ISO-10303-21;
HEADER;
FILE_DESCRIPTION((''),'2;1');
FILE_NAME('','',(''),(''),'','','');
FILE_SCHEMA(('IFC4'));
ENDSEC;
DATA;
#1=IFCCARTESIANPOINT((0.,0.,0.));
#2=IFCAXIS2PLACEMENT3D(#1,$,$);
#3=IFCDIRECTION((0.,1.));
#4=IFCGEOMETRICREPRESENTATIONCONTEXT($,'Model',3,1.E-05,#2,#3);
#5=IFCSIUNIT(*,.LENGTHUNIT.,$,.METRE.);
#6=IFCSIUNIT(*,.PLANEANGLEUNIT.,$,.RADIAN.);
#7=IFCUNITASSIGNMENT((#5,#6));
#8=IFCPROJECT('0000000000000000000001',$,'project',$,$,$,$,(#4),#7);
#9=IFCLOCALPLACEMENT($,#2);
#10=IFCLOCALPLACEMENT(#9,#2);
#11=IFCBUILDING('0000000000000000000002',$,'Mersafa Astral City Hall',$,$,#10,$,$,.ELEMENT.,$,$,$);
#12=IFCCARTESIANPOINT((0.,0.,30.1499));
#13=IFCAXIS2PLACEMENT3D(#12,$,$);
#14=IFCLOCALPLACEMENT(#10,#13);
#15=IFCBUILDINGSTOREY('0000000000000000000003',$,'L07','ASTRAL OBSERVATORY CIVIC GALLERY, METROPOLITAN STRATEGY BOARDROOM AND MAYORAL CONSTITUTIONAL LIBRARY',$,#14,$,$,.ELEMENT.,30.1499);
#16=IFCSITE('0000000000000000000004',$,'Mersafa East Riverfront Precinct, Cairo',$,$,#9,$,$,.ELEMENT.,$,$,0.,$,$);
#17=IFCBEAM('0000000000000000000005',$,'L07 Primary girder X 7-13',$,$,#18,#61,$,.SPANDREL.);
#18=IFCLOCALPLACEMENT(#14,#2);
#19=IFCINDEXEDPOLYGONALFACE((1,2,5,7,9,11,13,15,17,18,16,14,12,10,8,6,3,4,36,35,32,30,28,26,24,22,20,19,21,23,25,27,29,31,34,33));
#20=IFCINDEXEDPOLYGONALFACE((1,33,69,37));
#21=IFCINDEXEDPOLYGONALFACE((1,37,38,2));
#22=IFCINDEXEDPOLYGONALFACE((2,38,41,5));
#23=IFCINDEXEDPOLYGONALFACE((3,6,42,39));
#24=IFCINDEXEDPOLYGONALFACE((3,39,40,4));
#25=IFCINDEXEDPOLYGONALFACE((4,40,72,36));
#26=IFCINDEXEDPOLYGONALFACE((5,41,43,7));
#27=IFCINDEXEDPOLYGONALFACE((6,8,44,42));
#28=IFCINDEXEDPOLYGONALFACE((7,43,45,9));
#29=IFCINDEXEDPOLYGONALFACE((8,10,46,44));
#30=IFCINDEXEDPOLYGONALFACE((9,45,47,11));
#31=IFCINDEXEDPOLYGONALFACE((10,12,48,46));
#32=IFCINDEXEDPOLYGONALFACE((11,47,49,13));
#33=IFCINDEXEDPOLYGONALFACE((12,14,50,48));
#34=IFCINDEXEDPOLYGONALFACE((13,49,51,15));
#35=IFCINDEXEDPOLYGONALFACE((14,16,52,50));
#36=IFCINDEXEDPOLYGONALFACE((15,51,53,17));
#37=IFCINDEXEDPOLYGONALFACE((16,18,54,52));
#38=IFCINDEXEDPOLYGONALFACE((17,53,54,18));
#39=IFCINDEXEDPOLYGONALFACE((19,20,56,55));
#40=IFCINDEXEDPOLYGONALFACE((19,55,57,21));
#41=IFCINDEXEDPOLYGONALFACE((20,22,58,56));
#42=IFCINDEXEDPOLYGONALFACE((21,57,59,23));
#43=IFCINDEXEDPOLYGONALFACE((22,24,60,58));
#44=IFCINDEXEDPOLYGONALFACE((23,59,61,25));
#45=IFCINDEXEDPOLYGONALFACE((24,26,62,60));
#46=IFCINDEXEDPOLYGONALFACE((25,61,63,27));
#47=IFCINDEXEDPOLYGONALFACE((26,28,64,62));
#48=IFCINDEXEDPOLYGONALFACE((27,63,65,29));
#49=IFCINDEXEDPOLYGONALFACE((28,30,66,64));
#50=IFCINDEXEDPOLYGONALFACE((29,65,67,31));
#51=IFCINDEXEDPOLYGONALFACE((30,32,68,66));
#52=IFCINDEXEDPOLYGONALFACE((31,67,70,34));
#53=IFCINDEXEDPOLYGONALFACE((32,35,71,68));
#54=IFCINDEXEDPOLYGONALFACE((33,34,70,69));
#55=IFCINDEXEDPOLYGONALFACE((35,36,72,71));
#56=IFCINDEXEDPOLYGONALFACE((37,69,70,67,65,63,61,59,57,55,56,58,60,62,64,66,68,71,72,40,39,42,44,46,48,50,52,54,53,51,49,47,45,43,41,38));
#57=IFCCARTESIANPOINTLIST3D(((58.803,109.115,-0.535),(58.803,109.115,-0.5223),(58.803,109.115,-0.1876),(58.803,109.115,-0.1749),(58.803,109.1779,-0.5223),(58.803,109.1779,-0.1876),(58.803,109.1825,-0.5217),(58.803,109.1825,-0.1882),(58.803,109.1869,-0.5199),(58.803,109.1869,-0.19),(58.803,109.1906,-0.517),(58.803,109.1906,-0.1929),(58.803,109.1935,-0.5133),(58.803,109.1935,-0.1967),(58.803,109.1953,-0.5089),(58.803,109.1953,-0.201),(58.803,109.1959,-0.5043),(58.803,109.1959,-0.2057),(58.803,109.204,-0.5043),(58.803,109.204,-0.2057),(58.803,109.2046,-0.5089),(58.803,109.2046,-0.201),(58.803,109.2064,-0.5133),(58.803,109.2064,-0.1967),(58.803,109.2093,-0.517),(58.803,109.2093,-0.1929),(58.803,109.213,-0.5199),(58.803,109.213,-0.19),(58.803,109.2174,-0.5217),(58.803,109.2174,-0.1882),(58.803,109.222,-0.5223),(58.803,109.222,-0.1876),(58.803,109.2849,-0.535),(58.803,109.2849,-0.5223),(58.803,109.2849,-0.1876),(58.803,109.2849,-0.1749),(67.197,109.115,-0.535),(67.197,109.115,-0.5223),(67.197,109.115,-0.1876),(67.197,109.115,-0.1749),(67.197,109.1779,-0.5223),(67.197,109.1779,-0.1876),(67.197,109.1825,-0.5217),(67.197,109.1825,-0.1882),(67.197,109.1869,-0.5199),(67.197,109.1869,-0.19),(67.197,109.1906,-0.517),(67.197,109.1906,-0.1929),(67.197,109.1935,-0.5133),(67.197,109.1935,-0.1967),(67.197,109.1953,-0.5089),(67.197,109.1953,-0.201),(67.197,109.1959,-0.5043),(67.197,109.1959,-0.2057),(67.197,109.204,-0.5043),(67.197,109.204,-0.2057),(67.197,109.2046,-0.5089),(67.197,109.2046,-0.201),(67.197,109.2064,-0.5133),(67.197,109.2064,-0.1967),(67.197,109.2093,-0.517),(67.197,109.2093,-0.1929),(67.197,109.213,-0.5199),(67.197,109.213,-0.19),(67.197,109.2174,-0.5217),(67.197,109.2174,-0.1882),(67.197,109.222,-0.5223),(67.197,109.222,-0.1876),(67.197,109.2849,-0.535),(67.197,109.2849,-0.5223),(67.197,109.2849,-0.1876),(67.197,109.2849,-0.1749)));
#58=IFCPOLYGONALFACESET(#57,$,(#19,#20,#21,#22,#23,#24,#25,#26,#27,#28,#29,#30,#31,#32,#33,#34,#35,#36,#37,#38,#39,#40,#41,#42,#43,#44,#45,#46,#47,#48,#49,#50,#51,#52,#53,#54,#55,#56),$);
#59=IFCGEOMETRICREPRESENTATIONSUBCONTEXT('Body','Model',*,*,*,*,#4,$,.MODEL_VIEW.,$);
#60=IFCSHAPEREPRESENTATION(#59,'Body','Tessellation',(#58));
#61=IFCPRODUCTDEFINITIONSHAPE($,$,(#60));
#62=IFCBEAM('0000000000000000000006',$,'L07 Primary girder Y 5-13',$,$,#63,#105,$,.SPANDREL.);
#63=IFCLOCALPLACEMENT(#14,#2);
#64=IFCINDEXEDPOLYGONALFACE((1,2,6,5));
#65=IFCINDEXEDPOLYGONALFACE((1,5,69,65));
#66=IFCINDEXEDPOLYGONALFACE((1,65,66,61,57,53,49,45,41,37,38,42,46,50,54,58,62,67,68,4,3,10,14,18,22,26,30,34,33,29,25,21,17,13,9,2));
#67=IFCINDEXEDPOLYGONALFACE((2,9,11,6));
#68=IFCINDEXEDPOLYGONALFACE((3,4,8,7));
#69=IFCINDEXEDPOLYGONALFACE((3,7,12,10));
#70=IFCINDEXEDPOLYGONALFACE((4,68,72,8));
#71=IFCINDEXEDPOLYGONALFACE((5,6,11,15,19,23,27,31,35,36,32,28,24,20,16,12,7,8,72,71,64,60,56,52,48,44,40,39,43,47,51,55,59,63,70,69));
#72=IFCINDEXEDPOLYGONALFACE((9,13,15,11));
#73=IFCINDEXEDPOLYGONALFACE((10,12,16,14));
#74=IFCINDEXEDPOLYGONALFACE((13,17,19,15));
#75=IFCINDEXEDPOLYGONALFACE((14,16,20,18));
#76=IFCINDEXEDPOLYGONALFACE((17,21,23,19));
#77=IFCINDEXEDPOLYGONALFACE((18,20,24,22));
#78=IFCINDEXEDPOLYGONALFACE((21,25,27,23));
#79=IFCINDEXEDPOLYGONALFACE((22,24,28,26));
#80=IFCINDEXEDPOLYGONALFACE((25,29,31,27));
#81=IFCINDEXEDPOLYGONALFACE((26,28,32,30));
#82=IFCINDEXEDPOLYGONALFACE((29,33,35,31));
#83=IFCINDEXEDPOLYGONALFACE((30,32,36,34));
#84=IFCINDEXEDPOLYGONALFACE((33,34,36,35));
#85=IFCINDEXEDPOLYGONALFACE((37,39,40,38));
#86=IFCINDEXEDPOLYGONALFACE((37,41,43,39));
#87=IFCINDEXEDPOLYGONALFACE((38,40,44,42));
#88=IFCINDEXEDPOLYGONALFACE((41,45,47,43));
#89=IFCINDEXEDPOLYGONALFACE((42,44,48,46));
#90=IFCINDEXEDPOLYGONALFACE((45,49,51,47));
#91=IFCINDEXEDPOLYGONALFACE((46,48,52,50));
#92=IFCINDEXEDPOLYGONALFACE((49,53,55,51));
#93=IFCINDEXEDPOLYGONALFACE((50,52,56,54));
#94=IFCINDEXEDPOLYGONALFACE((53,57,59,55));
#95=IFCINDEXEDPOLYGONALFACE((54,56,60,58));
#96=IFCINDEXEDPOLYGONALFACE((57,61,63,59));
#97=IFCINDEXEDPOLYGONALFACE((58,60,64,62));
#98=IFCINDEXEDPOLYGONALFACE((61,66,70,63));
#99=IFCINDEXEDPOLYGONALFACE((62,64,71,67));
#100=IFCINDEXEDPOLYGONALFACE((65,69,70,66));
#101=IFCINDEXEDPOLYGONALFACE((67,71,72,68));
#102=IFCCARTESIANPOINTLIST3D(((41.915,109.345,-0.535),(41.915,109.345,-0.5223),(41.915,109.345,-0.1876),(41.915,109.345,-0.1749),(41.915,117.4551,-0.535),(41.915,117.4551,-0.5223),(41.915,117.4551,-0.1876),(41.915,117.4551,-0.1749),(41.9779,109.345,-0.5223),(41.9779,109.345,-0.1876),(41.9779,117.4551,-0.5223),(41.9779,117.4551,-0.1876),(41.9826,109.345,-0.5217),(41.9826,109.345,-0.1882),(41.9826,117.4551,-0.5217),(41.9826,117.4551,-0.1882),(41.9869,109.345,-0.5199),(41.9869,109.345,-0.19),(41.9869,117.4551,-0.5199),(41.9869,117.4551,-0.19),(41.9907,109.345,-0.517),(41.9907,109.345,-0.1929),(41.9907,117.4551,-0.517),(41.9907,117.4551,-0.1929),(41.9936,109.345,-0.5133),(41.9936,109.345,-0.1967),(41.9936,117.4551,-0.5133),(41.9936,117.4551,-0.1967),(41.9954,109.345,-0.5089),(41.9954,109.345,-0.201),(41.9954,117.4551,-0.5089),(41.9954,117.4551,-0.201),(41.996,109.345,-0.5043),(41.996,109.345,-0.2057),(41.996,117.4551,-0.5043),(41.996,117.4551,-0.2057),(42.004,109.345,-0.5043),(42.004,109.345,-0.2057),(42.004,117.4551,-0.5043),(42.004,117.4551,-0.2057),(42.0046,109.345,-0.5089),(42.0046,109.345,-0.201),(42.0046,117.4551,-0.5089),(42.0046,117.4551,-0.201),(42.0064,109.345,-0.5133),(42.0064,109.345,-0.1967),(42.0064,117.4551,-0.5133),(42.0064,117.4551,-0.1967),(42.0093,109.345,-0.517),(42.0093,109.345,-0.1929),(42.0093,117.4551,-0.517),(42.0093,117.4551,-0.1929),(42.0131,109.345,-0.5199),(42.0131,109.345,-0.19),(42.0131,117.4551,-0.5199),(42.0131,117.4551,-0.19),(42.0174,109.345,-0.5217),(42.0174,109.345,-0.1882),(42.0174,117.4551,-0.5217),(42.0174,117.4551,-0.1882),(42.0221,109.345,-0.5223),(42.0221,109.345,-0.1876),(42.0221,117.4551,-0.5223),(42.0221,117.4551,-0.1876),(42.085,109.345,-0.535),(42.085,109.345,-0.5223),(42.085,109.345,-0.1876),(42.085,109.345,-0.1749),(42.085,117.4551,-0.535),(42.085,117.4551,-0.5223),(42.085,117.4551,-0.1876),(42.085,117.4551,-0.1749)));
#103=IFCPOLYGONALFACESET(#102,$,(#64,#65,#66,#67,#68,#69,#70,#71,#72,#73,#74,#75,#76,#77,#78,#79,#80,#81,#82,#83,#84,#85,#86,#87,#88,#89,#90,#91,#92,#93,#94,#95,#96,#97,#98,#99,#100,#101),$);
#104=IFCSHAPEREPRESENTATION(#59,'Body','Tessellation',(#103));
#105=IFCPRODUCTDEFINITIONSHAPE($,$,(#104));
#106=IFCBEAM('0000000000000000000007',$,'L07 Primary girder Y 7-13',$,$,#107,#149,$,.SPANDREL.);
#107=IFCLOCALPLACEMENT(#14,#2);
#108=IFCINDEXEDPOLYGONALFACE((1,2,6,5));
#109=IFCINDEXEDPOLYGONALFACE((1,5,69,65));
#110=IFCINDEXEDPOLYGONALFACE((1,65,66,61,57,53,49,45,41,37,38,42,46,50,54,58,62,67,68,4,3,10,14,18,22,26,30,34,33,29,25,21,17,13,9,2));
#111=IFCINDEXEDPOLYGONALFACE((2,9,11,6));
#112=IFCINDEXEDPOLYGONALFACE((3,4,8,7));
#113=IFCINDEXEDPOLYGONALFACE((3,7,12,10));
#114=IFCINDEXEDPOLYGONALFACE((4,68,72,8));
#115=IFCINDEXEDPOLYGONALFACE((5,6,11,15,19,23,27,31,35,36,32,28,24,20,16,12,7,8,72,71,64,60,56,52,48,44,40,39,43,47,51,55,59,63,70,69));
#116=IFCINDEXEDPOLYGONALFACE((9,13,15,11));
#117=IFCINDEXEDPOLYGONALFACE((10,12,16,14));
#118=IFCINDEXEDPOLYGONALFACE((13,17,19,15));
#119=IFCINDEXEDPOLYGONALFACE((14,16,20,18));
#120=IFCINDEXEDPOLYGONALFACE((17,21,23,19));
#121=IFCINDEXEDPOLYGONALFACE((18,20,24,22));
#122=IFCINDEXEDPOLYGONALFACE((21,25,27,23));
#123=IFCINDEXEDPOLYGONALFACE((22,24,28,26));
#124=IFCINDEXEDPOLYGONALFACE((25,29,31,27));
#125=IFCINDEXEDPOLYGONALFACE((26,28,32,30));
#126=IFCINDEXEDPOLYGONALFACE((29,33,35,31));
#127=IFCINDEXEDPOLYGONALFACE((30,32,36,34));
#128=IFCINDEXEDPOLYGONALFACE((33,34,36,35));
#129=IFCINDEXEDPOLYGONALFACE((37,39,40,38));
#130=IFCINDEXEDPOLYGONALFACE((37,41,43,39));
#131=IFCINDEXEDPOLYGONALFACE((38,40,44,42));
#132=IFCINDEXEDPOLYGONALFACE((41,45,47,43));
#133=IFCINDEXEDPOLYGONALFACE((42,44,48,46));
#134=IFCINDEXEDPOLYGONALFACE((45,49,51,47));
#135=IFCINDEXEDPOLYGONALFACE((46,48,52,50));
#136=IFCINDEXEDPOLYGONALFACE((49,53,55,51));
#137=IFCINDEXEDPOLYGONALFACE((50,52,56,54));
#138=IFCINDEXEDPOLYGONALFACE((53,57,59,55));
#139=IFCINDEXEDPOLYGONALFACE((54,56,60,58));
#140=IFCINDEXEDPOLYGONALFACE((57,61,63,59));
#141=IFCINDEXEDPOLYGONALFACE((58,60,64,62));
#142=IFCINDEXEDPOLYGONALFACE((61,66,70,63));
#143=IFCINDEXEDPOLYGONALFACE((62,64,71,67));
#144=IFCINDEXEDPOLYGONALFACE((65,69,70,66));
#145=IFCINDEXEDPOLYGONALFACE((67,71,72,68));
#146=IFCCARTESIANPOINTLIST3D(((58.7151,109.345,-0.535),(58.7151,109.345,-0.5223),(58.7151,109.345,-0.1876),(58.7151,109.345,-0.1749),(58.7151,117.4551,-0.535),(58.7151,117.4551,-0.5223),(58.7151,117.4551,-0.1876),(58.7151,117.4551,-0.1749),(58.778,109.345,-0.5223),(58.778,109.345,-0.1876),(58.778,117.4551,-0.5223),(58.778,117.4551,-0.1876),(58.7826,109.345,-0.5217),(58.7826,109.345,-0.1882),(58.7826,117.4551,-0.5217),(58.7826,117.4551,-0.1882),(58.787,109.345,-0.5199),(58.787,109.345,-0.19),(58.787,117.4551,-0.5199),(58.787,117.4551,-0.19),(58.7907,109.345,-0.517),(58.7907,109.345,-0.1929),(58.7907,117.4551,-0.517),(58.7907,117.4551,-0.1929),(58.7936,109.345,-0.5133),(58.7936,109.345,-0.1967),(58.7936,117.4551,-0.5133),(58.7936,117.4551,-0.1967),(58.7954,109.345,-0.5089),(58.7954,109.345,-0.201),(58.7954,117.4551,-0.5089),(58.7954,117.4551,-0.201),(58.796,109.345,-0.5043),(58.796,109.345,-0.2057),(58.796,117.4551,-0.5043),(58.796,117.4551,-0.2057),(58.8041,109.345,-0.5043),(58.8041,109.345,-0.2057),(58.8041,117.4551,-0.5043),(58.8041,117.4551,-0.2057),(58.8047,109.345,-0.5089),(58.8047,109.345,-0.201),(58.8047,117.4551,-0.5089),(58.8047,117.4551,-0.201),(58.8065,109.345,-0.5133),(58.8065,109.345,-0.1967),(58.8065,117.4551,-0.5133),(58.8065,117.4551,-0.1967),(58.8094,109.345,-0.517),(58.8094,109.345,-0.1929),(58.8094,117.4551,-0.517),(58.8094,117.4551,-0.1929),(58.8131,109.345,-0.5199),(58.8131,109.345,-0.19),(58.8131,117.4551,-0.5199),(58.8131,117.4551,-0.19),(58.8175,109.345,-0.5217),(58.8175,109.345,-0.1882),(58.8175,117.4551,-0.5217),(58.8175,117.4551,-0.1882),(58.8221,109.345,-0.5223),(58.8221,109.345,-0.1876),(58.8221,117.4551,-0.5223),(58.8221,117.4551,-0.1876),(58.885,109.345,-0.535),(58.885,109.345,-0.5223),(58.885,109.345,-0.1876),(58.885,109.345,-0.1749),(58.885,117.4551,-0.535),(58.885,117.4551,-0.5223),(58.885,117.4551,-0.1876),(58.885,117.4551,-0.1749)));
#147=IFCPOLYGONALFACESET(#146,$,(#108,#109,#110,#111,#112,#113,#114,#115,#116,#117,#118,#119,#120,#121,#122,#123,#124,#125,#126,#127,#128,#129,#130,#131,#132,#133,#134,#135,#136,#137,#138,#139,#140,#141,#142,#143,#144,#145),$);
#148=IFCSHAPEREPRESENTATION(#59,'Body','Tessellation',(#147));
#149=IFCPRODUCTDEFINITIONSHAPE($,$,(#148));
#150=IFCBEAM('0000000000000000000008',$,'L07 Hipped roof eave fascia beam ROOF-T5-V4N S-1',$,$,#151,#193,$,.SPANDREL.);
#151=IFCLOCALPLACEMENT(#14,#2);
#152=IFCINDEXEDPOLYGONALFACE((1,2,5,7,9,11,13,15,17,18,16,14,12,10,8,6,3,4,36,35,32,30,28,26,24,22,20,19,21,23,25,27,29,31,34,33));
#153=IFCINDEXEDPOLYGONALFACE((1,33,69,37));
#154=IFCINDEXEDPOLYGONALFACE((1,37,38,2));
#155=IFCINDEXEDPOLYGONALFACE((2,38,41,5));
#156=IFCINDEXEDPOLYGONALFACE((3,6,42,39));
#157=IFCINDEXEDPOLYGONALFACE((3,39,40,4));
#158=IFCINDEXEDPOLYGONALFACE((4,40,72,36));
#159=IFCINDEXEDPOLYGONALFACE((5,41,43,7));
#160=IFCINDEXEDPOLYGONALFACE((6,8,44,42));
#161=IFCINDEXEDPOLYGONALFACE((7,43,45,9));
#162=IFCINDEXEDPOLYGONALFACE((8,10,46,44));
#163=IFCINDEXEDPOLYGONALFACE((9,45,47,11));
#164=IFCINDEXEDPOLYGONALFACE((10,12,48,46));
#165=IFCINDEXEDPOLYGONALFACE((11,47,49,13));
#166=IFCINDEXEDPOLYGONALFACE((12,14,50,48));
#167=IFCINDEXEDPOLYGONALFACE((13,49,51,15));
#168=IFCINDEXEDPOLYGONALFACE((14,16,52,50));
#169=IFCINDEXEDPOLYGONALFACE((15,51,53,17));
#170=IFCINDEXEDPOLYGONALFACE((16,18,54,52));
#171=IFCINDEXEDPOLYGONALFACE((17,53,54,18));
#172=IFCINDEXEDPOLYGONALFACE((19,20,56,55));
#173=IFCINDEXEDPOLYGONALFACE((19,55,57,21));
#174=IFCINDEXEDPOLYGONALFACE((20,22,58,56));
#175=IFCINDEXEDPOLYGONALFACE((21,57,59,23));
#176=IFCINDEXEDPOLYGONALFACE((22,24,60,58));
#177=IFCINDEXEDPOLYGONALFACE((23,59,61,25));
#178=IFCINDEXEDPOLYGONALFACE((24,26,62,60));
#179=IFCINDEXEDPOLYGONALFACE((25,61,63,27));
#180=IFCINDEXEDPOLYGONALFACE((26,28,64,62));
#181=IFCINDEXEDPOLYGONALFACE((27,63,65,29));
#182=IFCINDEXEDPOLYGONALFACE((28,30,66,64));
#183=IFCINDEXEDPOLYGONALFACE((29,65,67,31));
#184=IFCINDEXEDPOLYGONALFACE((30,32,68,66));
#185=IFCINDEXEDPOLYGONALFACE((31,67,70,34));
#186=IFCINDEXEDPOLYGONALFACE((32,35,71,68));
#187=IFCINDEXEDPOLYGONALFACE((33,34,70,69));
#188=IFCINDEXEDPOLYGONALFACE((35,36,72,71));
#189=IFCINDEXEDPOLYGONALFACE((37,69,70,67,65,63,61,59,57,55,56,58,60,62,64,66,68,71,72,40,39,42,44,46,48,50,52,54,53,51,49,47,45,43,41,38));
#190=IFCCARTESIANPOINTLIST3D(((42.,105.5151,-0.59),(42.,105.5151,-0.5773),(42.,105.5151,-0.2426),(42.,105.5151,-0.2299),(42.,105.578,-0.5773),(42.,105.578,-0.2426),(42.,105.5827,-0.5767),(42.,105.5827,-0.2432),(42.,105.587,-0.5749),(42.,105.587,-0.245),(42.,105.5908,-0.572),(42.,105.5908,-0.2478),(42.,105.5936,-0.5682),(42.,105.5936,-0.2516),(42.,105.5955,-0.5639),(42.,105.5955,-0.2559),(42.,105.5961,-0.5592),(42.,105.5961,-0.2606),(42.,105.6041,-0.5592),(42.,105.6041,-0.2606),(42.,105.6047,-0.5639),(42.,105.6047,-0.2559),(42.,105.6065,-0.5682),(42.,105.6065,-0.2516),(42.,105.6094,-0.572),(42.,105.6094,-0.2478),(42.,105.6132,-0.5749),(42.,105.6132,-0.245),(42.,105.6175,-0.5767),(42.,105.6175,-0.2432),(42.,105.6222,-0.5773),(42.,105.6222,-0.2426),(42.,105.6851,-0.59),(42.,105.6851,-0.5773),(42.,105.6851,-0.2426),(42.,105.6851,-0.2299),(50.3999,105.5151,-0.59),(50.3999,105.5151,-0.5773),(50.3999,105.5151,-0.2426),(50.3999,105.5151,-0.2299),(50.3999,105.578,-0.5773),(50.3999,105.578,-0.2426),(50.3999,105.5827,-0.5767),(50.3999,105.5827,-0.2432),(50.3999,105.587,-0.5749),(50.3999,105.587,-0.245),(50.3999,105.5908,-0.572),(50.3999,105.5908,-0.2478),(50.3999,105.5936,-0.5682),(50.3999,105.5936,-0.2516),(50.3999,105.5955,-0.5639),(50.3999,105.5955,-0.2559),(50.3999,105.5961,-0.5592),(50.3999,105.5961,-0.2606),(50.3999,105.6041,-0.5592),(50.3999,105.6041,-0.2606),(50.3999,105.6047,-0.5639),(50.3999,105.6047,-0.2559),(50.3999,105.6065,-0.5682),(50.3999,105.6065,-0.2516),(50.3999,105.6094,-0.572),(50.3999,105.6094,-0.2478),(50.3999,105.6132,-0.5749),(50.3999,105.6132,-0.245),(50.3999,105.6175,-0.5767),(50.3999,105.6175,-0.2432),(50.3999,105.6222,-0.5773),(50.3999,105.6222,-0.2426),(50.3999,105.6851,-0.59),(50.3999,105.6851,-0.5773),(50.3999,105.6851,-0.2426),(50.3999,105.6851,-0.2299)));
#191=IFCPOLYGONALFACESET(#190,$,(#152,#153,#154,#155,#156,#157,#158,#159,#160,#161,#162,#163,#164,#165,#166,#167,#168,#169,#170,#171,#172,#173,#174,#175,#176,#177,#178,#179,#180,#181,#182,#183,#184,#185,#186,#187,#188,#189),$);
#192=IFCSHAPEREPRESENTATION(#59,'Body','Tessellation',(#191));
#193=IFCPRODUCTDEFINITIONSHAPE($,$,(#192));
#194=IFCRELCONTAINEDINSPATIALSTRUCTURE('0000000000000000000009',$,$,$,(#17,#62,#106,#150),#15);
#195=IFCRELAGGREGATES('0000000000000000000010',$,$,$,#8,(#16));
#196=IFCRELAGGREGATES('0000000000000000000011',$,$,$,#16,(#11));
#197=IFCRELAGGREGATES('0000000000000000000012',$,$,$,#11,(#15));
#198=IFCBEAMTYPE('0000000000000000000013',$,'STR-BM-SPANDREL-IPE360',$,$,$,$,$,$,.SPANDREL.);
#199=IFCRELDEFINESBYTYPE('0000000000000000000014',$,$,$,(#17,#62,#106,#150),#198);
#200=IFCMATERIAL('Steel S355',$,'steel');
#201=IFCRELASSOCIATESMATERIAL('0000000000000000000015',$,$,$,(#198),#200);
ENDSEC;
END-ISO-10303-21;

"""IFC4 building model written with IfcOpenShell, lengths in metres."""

from ifc_helpers import new_model, si_unit, direction, frame, origin, origin_2d, place, context, subcontext, project, spatial, i_section, extrude, material, material_profile, profile_set, type_object, element, save


model = new_model("IFC4")

# Units and contexts
model_context = context("Model", 3, precision=1e-05, world=origin(), true_north=direction((0.0, 1.0)))
body_context = subcontext(model_context, "Body", "Model", "MODEL_VIEW")
ifc_project = project(units=[si_unit("LENGTHUNIT", "METRE"), si_unit("PLANEANGLEUNIT", "RADIAN")], contexts=[model_context])

# Site, building, storey
site_placement = place(None, origin())
site = spatial("IfcSite", under=ifc_project, at=site_placement, Name="Mersafa East Riverfront Precinct, Cairo", CompositionType="ELEMENT", RefElevation=0.0)
building_placement = place(site_placement, origin())
building = spatial("IfcBuilding", under=site, at=building_placement, Name="Mersafa Astral City Hall", CompositionType="ELEMENT")
storey_placement = place(building_placement, frame((0.0, 0.0, 30.1499)))
storey = spatial("IfcBuildingStorey", under=building, at=storey_placement, Name="L07", Description="ASTRAL OBSERVATORY CIVIC GALLERY, METROPOLITAN STRATEGY BOARDROOM AND MAYORAL CONSTITUTIONAL LIBRARY", CompositionType="ELEMENT", Elevation=30.1499)

# Beams
ifc_material_1 = material(Name="Steel S355", Category="steel")
ifc_material_profile_1 = material_profile(ifc_material_1, i_section(OverallWidth=0.1699, OverallDepth=0.3601, WebThickness=0.0081, FlangeThickness=0.0127, FilletRadius=0.0181, at=origin_2d()), Name="IPE 360")
ifc_profile_set_1 = profile_set([ifc_material_profile_1], Name="Steel S355")
beam_type_1 = type_object("IfcBeamType", Name="STR-BM-SPANDREL-IPE360", PredefinedType="SPANDREL", material=ifc_profile_set_1)
for number, where, z_axis, x_axis, name in (
    (1, (58.803, 109.2, -0.355), (1.0, 0.0, 0.0), (0.0, 1.0, 0.0), "L07 Primary girder X 7-13"),
):
    element("IfcBeam", number, at=place(storey_placement, frame(where, z_axis=z_axis, x_axis=x_axis)), inside=storey, type_object=beam_type_1, Name=name, PredefinedType="SPANDREL", context=body_context, shape_type="SweptSolid", body=[
        extrude(i_section(OverallWidth=0.1699, OverallDepth=0.3601, WebThickness=0.0081, FlangeThickness=0.0127, FilletRadius=0.0181, at=origin_2d()), origin(), (0.0, 0.0, 1.0), 8.394),
    ])
for number, where, z_axis, x_axis, name in (
    (2, (42.0, 109.345, -0.355), (0.0, 1.0, 0.0), (-1.0, 0.0, 0.0), "L07 Primary girder Y 5-13"),
    (3, (58.8, 109.345, -0.355), (0.0, 1.0, 0.0), (-1.0, 0.0, 0.0), "L07 Primary girder Y 7-13"),
):
    element("IfcBeam", number, at=place(storey_placement, frame(where, z_axis=z_axis, x_axis=x_axis)), inside=storey, type_object=beam_type_1, Name=name, PredefinedType="SPANDREL", context=body_context, shape_type="SweptSolid", body=[
        extrude(i_section(OverallWidth=0.1699, OverallDepth=0.3601, WebThickness=0.0081, FlangeThickness=0.0127, FilletRadius=0.0181, at=origin_2d()), origin(), (0.0, 0.0, 1.0), 8.1101),
    ])
beam_1_placement = place(storey_placement, frame((42.0, 105.6001, -0.4099), z_axis=(1.0, 0.0, 0.0), x_axis=(0.0, 1.0, 0.0)))
element("IfcBeam", 4, at=beam_1_placement, inside=storey, type_object=beam_type_1, Name="L07 Hipped roof eave fascia beam ROOF-T5-V4N S-1", PredefinedType="SPANDREL", context=body_context, shape_type="SweptSolid", body=[
    extrude(i_section(OverallWidth=0.1699, OverallDepth=0.3601, WebThickness=0.0081, FlangeThickness=0.0127, FilletRadius=0.0181, at=origin_2d()), origin(), (0.0, 0.0, 1.0), 8.3999),
])

save(model, "model.ifc")
